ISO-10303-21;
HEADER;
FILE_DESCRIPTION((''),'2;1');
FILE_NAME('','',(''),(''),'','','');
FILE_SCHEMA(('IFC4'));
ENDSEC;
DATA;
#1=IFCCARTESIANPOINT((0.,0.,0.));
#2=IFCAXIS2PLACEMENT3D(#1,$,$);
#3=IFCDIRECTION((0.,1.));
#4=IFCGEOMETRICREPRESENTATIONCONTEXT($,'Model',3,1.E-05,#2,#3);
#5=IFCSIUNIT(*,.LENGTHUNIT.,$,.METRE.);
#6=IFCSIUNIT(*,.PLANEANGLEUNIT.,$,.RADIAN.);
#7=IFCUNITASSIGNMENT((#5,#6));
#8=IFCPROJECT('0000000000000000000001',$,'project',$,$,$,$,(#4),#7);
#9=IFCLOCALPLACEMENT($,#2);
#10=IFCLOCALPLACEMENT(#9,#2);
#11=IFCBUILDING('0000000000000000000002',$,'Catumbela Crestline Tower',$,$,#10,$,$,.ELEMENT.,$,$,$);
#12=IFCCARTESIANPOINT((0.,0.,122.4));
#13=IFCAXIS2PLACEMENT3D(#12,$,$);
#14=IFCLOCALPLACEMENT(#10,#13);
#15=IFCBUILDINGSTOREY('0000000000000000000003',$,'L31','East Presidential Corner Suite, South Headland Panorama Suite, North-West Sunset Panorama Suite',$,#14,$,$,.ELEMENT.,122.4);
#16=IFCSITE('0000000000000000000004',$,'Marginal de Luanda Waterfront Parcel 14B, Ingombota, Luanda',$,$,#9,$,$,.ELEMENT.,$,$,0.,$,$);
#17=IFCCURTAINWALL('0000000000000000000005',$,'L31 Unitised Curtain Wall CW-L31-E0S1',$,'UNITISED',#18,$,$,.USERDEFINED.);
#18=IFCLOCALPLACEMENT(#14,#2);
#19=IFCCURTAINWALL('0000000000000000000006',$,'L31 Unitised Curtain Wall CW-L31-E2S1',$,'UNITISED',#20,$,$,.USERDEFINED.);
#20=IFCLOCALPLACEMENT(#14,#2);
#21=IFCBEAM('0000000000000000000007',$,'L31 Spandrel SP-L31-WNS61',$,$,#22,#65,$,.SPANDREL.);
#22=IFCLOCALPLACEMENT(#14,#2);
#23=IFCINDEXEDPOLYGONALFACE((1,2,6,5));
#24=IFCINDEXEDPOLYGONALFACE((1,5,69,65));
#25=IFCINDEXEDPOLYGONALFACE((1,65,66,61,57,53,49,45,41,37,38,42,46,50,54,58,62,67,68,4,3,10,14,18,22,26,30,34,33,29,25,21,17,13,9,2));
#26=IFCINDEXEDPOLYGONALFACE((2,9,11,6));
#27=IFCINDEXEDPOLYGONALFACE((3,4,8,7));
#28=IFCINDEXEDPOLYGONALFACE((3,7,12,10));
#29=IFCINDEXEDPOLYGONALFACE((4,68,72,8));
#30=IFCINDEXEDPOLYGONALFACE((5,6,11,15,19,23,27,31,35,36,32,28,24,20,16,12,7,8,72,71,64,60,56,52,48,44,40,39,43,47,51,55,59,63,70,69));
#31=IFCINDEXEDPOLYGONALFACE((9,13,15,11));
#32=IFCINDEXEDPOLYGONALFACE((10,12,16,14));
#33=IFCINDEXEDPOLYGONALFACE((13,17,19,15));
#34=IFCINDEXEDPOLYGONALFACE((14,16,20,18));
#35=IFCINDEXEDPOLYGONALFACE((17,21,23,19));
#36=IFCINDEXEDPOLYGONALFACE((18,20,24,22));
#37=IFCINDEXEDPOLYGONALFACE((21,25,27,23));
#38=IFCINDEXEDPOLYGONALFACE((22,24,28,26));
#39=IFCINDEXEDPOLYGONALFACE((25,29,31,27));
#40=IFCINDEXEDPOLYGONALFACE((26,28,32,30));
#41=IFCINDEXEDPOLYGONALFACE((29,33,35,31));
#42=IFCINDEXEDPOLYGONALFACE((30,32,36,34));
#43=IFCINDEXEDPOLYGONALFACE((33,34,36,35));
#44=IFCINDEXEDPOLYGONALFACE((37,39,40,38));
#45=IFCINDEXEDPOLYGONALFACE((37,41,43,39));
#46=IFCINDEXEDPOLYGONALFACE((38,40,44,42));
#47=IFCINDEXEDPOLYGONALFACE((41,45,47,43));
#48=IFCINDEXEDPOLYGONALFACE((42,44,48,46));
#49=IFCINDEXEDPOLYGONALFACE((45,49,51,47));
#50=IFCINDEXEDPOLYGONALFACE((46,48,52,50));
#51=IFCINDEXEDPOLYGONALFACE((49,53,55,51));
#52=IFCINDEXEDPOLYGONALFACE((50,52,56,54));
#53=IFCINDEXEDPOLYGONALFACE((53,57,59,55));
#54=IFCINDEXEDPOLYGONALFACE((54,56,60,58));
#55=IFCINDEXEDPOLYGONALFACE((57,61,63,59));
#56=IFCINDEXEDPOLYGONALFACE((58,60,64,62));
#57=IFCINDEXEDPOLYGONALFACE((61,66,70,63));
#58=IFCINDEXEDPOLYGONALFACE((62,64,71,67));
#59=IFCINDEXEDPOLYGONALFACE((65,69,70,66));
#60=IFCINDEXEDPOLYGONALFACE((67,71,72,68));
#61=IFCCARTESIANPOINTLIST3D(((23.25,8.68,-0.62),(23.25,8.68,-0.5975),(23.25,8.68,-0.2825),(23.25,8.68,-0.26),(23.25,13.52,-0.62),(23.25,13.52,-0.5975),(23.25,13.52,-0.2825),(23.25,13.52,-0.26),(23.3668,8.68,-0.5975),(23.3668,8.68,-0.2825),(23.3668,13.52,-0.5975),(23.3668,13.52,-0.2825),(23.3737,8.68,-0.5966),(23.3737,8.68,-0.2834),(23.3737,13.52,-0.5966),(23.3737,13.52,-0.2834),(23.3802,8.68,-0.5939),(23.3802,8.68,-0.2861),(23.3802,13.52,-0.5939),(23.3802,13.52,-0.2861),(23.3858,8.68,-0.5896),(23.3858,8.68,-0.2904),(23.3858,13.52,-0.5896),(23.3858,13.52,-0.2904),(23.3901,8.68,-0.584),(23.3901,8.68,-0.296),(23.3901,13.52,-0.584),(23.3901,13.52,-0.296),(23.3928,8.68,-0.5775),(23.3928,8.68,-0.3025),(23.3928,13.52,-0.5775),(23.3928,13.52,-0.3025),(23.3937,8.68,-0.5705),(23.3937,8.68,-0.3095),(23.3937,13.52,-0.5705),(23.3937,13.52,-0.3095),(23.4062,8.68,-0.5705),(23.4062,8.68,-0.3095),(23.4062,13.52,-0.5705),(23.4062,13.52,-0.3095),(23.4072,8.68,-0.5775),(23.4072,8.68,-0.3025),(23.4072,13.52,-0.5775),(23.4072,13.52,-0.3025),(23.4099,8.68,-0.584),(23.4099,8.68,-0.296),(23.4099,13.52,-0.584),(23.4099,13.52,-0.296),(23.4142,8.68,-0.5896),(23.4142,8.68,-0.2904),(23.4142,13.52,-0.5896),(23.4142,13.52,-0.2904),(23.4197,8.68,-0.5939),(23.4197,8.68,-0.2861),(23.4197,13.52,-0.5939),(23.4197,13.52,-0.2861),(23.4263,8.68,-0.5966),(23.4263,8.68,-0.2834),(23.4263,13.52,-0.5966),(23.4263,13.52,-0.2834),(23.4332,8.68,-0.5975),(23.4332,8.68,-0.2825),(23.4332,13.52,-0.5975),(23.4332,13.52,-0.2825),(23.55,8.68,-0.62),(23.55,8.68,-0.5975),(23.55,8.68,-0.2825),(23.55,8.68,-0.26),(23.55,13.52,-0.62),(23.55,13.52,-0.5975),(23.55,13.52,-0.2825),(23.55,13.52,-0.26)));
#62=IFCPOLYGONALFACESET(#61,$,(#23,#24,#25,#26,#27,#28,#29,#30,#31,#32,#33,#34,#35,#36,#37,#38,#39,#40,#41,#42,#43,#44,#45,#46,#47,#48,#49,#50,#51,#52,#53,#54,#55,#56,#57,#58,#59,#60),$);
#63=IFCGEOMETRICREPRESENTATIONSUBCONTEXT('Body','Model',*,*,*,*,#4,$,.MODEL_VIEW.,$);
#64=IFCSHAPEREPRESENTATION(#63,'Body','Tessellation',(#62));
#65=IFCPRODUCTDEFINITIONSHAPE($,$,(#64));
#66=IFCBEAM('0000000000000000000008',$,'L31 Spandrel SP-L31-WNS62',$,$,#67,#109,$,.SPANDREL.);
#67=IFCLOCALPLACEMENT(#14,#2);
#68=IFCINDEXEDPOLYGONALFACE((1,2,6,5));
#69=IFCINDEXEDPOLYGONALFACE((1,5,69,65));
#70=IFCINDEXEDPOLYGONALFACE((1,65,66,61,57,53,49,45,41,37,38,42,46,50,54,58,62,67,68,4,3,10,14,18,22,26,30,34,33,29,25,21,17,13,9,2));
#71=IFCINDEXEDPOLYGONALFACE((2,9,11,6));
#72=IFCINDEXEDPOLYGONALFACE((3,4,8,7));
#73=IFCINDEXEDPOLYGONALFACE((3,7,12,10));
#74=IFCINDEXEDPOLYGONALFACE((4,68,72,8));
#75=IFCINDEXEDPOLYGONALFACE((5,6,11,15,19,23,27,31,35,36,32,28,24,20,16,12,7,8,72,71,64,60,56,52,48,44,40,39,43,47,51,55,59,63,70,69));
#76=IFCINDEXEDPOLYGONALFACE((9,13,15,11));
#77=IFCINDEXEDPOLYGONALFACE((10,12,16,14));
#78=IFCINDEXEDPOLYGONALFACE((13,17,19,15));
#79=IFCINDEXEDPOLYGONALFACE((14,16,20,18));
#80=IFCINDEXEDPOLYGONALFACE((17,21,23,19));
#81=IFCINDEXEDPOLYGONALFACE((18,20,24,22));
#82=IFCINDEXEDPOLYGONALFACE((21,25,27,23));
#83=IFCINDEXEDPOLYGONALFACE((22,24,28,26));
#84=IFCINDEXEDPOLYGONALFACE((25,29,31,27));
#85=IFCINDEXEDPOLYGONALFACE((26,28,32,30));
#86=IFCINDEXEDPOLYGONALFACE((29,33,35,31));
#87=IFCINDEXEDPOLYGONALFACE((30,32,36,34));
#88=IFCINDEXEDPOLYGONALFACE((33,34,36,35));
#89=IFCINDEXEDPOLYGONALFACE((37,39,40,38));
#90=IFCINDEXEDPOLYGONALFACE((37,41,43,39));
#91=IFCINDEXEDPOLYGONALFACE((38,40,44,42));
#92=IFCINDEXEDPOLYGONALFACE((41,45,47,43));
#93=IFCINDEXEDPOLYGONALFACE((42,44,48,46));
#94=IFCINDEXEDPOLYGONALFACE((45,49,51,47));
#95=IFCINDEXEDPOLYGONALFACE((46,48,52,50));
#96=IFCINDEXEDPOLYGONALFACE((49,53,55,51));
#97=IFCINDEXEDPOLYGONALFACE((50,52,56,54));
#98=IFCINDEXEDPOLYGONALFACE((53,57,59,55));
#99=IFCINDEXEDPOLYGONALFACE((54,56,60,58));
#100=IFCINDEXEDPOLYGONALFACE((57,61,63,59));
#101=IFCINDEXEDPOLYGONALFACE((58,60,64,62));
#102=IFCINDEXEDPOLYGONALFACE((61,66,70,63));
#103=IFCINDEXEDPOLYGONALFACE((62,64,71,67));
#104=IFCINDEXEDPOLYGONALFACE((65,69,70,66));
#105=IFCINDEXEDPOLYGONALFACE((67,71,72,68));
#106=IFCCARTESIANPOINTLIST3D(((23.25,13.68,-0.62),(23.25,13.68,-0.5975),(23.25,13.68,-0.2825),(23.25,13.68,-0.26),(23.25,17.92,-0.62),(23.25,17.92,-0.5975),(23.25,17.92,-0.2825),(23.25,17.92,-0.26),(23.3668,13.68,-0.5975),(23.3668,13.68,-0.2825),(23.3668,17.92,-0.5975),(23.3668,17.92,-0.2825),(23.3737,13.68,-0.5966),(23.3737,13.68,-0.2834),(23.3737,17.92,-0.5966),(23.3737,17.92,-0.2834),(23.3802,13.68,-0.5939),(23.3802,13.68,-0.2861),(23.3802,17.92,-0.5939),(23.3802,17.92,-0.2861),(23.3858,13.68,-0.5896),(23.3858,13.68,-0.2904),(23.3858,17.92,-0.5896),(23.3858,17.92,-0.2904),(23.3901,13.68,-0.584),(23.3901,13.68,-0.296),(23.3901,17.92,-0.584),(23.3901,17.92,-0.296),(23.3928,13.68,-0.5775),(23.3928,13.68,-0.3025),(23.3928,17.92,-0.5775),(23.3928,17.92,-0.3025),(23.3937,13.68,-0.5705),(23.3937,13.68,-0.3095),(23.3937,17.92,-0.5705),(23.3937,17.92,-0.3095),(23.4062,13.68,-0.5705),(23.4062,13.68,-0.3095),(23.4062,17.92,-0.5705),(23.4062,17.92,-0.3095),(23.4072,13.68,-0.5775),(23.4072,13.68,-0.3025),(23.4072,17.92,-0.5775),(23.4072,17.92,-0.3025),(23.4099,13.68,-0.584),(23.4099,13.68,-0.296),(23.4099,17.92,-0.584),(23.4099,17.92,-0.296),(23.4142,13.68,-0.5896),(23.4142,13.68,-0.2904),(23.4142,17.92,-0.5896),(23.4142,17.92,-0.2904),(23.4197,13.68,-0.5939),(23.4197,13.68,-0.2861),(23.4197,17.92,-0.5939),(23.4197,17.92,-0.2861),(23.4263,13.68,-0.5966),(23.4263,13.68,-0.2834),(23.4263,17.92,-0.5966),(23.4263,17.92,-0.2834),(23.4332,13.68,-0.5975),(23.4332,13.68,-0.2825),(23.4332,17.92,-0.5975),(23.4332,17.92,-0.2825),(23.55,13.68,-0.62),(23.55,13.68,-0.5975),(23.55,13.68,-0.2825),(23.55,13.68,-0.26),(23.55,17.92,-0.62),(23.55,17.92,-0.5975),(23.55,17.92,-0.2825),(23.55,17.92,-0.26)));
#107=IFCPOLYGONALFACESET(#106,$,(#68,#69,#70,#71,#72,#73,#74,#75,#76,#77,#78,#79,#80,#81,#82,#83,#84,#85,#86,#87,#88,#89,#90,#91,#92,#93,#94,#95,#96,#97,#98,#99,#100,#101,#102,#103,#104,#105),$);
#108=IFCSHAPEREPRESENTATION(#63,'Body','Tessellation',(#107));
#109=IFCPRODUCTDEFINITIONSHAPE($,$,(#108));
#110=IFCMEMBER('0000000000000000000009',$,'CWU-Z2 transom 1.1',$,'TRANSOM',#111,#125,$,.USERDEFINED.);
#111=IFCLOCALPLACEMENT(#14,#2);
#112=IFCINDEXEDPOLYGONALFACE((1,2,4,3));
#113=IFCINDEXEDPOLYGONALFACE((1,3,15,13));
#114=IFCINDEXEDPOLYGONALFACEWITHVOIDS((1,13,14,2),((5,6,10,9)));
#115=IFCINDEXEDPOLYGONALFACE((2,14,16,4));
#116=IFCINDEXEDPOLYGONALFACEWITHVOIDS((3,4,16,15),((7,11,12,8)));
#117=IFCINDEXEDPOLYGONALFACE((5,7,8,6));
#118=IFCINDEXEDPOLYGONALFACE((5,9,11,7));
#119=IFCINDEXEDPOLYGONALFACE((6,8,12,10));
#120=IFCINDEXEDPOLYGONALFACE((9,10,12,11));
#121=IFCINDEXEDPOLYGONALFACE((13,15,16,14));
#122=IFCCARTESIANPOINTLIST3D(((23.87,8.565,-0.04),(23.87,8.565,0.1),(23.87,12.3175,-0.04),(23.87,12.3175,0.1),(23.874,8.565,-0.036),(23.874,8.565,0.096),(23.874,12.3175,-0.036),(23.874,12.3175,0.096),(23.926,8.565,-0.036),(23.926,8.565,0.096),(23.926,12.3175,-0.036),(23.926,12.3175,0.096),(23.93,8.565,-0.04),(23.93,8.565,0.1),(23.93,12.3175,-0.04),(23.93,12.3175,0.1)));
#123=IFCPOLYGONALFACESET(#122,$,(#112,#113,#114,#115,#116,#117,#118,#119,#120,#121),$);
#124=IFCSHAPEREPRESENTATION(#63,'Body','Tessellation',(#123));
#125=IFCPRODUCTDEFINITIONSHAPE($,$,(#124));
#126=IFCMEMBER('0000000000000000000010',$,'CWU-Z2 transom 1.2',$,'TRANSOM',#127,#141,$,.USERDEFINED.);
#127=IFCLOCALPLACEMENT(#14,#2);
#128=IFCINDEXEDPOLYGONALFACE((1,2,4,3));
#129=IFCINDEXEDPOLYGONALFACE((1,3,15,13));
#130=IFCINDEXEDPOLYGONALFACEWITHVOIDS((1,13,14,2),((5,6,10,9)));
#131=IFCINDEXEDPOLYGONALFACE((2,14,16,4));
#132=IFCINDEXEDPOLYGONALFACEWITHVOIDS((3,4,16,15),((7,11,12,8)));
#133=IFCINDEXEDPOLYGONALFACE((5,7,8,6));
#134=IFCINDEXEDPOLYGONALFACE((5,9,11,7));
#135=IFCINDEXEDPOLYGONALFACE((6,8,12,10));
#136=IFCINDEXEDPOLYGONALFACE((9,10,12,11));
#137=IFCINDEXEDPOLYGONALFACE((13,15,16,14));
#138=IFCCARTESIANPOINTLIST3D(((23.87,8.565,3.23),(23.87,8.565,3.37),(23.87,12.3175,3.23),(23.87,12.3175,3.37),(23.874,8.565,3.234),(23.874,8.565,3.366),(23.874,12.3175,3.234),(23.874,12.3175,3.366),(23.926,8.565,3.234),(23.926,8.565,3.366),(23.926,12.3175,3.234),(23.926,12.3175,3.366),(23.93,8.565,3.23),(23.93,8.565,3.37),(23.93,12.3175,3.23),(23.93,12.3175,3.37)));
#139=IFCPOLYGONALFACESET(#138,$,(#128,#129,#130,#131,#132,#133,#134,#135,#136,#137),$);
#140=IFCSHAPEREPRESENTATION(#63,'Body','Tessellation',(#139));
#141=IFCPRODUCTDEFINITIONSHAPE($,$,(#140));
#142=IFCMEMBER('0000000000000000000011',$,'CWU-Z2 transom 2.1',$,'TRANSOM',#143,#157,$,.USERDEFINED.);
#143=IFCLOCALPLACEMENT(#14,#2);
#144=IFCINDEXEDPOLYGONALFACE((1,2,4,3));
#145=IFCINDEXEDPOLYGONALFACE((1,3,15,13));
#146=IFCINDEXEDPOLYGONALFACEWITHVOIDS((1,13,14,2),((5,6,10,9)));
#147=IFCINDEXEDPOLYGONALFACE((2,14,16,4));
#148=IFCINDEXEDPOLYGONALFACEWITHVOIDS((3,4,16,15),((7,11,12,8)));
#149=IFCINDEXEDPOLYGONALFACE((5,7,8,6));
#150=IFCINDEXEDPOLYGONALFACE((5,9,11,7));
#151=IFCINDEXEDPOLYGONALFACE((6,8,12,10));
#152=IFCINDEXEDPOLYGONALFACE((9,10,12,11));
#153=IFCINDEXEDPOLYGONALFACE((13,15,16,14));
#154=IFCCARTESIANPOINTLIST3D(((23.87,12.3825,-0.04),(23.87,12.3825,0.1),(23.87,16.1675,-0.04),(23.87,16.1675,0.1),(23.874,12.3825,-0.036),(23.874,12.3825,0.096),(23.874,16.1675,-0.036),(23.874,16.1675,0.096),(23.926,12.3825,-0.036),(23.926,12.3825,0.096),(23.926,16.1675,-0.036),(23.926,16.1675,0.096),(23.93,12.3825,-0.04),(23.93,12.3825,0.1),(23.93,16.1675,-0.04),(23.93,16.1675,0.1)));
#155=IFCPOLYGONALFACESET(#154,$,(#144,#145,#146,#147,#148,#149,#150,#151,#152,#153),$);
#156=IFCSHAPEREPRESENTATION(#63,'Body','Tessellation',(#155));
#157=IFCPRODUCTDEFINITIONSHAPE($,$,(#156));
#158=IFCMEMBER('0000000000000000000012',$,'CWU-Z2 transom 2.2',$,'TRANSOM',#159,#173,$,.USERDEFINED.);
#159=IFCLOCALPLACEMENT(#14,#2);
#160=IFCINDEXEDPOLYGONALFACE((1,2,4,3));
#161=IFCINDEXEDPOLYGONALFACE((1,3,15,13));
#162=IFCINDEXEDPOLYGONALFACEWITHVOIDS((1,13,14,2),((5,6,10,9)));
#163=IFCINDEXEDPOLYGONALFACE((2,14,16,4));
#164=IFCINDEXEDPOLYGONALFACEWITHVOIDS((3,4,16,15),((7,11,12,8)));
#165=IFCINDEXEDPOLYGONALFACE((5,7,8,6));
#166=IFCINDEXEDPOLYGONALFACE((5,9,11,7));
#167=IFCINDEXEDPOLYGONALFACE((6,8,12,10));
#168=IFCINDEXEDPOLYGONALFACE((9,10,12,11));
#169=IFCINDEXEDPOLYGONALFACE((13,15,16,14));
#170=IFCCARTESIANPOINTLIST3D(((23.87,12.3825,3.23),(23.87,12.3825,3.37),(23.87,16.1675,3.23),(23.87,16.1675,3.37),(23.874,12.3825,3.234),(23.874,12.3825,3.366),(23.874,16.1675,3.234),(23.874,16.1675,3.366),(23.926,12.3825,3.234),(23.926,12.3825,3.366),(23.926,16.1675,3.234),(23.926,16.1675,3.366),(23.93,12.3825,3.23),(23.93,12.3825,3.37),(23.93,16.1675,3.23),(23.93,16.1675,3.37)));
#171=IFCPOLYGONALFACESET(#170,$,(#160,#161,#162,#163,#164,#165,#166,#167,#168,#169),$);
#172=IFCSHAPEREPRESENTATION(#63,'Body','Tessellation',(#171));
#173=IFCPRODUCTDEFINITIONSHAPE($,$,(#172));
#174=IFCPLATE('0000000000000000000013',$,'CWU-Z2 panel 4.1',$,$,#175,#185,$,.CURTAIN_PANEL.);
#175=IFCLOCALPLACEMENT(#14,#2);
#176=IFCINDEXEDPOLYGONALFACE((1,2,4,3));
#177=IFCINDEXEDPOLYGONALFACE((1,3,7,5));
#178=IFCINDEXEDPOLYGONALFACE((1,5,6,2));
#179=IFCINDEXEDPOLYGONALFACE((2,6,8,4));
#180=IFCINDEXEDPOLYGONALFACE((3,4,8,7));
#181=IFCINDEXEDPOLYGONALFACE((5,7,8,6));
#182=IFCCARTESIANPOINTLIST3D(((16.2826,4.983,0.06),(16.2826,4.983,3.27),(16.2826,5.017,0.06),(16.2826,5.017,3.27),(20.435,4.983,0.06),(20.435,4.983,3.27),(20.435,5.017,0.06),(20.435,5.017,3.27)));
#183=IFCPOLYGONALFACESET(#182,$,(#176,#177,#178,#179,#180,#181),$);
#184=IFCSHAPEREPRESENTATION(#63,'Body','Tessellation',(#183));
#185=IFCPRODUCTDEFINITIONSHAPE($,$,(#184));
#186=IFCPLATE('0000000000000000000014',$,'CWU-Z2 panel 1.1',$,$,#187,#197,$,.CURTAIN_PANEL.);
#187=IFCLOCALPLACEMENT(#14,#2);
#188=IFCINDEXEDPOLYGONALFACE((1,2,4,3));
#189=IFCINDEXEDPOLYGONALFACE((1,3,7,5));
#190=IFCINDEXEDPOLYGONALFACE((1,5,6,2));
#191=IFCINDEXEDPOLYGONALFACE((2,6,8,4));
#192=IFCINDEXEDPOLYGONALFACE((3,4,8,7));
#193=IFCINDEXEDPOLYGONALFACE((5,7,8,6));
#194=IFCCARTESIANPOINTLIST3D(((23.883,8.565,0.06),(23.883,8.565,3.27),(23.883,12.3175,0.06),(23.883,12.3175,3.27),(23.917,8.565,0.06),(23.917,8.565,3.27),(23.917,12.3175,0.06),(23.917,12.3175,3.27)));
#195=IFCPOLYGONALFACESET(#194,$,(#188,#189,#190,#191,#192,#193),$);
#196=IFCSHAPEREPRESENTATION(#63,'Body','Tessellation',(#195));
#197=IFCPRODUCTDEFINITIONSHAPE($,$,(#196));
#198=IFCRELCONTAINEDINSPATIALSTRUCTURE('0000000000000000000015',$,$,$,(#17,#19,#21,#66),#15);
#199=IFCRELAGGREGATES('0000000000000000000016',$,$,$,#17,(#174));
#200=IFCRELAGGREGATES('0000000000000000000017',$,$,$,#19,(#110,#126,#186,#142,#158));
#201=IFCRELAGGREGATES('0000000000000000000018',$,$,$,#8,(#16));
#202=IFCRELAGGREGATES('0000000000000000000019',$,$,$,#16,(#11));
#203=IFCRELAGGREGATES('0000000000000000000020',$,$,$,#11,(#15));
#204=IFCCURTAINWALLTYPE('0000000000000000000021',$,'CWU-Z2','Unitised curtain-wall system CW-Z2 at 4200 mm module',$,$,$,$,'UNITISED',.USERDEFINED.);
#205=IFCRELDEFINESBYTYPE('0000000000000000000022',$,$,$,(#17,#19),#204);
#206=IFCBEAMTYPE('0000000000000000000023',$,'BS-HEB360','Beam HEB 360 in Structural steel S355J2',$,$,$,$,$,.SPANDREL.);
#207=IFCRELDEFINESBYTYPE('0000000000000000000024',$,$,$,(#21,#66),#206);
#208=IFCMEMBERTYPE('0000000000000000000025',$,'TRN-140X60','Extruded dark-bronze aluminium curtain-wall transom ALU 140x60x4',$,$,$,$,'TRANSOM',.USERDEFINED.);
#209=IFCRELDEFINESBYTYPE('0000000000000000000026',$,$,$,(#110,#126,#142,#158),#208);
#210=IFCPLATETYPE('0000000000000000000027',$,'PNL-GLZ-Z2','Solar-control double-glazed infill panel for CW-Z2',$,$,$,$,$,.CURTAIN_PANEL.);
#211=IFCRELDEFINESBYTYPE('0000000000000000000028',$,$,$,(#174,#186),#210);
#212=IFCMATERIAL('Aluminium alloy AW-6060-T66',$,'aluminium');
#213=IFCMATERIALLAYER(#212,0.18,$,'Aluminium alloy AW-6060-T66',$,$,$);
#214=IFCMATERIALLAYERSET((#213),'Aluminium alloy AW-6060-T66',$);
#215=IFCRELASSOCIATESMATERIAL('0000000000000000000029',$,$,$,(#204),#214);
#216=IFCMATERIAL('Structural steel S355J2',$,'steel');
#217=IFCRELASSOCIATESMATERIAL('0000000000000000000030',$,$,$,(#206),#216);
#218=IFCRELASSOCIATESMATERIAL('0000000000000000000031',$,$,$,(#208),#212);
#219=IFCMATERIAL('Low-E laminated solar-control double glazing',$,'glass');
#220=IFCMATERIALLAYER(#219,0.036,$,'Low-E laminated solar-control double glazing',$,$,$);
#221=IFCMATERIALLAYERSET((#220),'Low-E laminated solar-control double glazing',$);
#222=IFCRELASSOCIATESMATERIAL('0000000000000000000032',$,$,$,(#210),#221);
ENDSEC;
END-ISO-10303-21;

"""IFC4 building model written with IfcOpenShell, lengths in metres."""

from ifc_helpers import new_model, si_unit, direction, frame, origin, origin_2d, place, context, subcontext, project, spatial, rectangle, hollow_rectangle, i_section, extrude, material, layer, layer_set, material_profile, profile_set, type_object, element, aggregate, save


model = new_model("IFC4")

# Units and contexts
model_context = context("Model", 3, precision=1e-05, world=origin(), true_north=direction((0.0, 1.0)))
body_context = subcontext(model_context, "Body", "Model", "MODEL_VIEW")
ifc_project = project(units=[si_unit("LENGTHUNIT", "METRE"), si_unit("PLANEANGLEUNIT", "RADIAN")], contexts=[model_context])

# Site, building, storey
site_placement = place(None, origin())
site = spatial("IfcSite", under=ifc_project, at=site_placement, Name="Marginal de Luanda Waterfront Parcel 14B, Ingombota, Luanda", CompositionType="ELEMENT", RefElevation=0.0)
building_placement = place(site_placement, origin())
building = spatial("IfcBuilding", under=site, at=building_placement, Name="Catumbela Crestline Tower", CompositionType="ELEMENT")
storey_placement = place(building_placement, frame((0.0, 0.0, 122.4)))
storey = spatial("IfcBuildingStorey", under=building, at=storey_placement, Name="L31", Description="East Presidential Corner Suite, South Headland Panorama Suite, North-West Sunset Panorama Suite", CompositionType="ELEMENT", Elevation=122.4)

# Shared definitions
ifc_material_1 = material(Name="Structural steel S355J2", Category="steel")

# Curtain wall
ifc_material_2 = material(Name="Aluminium alloy AW-6060-T66", Category="aluminium")
ifc_layer_1 = layer(ifc_material_2, 0.18, Name="Aluminium alloy AW-6060-T66")
ifc_layer_set_1 = layer_set([ifc_layer_1], Name="Aluminium alloy AW-6060-T66")
curtain_wall_type = type_object("IfcCurtainWallType", Name="CWU-Z2", Description="Unitised curtain-wall system CW-Z2 at 4200 mm module", ElementType="UNITISED", PredefinedType="USERDEFINED", material=ifc_layer_set_1)
curtain_wall_1_placement = place(storey_placement, origin())
curtain_wall_1 = element("IfcCurtainWall", 1, at=curtain_wall_1_placement, inside=storey, type_object=curtain_wall_type, Name="L31 Unitised Curtain Wall CW-L31-E0S1", ObjectType="UNITISED", PredefinedType="USERDEFINED")

# Curtain wall
curtain_wall_2_placement = place(storey_placement, origin())
curtain_wall_2 = element("IfcCurtainWall", 2, at=curtain_wall_2_placement, inside=storey, type_object=curtain_wall_type, Name="L31 Unitised Curtain Wall CW-L31-E2S1", ObjectType="UNITISED", PredefinedType="USERDEFINED")

# Beams
ifc_material_profile_1 = material_profile(ifc_material_1, i_section(OverallWidth=0.3, OverallDepth=0.36, WebThickness=0.0125, FlangeThickness=0.0225, FilletRadius=0.027, at=origin_2d()), Name="HEB 360")
ifc_profile_set_1 = profile_set([ifc_material_profile_1], Name="Structural steel S355J2")
beam_type_1 = type_object("IfcBeamType", Name="BS-HEB360", Description="Beam HEB 360 in Structural steel S355J2", PredefinedType="SPANDREL", material=ifc_profile_set_1)
beam_1_placement = place(storey_placement, frame((23.4, 8.68, -0.44), z_axis=(0.0, 1.0, 0.0), x_axis=(-1.0, 0.0, 0.0)))
element("IfcBeam", 3, at=beam_1_placement, inside=storey, type_object=beam_type_1, Name="L31 Spandrel SP-L31-WNS61", PredefinedType="SPANDREL", context=body_context, shape_type="SweptSolid", body=[
    extrude(i_section(OverallWidth=0.3, OverallDepth=0.36, WebThickness=0.0125, FlangeThickness=0.0225, FilletRadius=0.027, at=origin_2d()), origin(), (0.0, 0.0, 1.0), 4.84),
])
beam_2_placement = place(storey_placement, frame((23.4, 13.68, -0.44), z_axis=(0.0, 1.0, 0.0), x_axis=(-1.0, 0.0, 0.0)))
element("IfcBeam", 4, at=beam_2_placement, inside=storey, type_object=beam_type_1, Name="L31 Spandrel SP-L31-WNS62", PredefinedType="SPANDREL", context=body_context, shape_type="SweptSolid", body=[
    extrude(i_section(OverallWidth=0.3, OverallDepth=0.36, WebThickness=0.0125, FlangeThickness=0.0225, FilletRadius=0.027, at=origin_2d()), origin(), (0.0, 0.0, 1.0), 4.24),
])

# Members
ifc_material_profile_2 = material_profile(ifc_material_2, hollow_rectangle(XDim=0.06, YDim=0.14, WallThickness=0.004, at=origin_2d()), Name="ALU 140x60x4")
ifc_profile_set_2 = profile_set([ifc_material_profile_2], Name="Aluminium alloy AW-6060-T66")
member_type_1 = type_object("IfcMemberType", Name="TRN-140X60", Description="Extruded dark-bronze aluminium curtain-wall transom ALU 140x60x4", ElementType="TRANSOM", PredefinedType="USERDEFINED", material=ifc_profile_set_2)
member_1_placement = place(storey_placement, frame((23.9, 8.565, 0.03), z_axis=(0.0, 1.0, 0.0), x_axis=(-1.0, 0.0, 0.0)))
member_1 = element("IfcMember", 5, at=member_1_placement, type_object=member_type_1, Name="CWU-Z2 transom 1.1", ObjectType="TRANSOM", PredefinedType="USERDEFINED", context=body_context, shape_type="SweptSolid", body=[
    extrude(hollow_rectangle(XDim=0.06, YDim=0.14, WallThickness=0.004, at=origin_2d()), origin(), (0.0, 0.0, 1.0), 3.7525),
])
member_2_placement = place(storey_placement, frame((23.9, 8.565, 3.3), z_axis=(0.0, 1.0, 0.0), x_axis=(-1.0, 0.0, 0.0)))
member_2 = element("IfcMember", 6, at=member_2_placement, type_object=member_type_1, Name="CWU-Z2 transom 1.2", ObjectType="TRANSOM", PredefinedType="USERDEFINED", context=body_context, shape_type="SweptSolid", body=[
    extrude(hollow_rectangle(XDim=0.06, YDim=0.14, WallThickness=0.004, at=origin_2d()), origin(), (0.0, 0.0, 1.0), 3.7525),
])
member_3_placement = place(storey_placement, frame((23.9, 12.3825, 0.03), z_axis=(0.0, 1.0, 0.0), x_axis=(-1.0, 0.0, 0.0)))
member_3 = element("IfcMember", 7, at=member_3_placement, type_object=member_type_1, Name="CWU-Z2 transom 2.1", ObjectType="TRANSOM", PredefinedType="USERDEFINED", context=body_context, shape_type="SweptSolid", body=[
    extrude(hollow_rectangle(XDim=0.06, YDim=0.14, WallThickness=0.004, at=origin_2d()), origin(), (0.0, 0.0, 1.0), 3.785),
])
member_4_placement = place(storey_placement, frame((23.9, 12.3825, 3.3), z_axis=(0.0, 1.0, 0.0), x_axis=(-1.0, 0.0, 0.0)))
member_4 = element("IfcMember", 8, at=member_4_placement, type_object=member_type_1, Name="CWU-Z2 transom 2.2", ObjectType="TRANSOM", PredefinedType="USERDEFINED", context=body_context, shape_type="SweptSolid", body=[
    extrude(hollow_rectangle(XDim=0.06, YDim=0.14, WallThickness=0.004, at=origin_2d()), origin(), (0.0, 0.0, 1.0), 3.785),
])

# Plates
ifc_material_3 = material(Name="Low-E laminated solar-control double glazing", Category="glass")
ifc_layer_2 = layer(ifc_material_3, 0.036, Name="Low-E laminated solar-control double glazing")
ifc_layer_set_2 = layer_set([ifc_layer_2], Name="Low-E laminated solar-control double glazing")
plate_type = type_object("IfcPlateType", Name="PNL-GLZ-Z2", Description="Solar-control double-glazed infill panel for CW-Z2", PredefinedType="CURTAIN_PANEL", material=ifc_layer_set_2)
plate_1_placement = place(storey_placement, frame((18.3588, 5.0, 0.06), z_axis=(0.0, 0.0, 1.0), x_axis=(1.0, 0.0, 0.0)))
plate_1 = element("IfcPlate", 9, at=plate_1_placement, type_object=plate_type, Name="CWU-Z2 panel 4.1", PredefinedType="CURTAIN_PANEL", context=body_context, shape_type="SweptSolid", body=[
    extrude(rectangle(XDim=4.1525, YDim=0.034, at=origin_2d()), origin(), (0.0, 0.0, 1.0), 3.21),
])
aggregate(curtain_wall_1, [plate_1])
plate_2_placement = place(storey_placement, frame((23.9, 10.4412, 0.06), z_axis=(0.0, 0.0, 1.0), x_axis=(0.0, 1.0, 0.0)))
plate_2 = element("IfcPlate", 10, at=plate_2_placement, type_object=plate_type, Name="CWU-Z2 panel 1.1", PredefinedType="CURTAIN_PANEL", context=body_context, shape_type="SweptSolid", body=[
    extrude(rectangle(XDim=3.7525, YDim=0.034, at=origin_2d()), origin(), (0.0, 0.0, 1.0), 3.21),
])
aggregate(curtain_wall_2, [member_1, member_2, plate_2, member_3, member_4])

save(model, "model.ifc")
